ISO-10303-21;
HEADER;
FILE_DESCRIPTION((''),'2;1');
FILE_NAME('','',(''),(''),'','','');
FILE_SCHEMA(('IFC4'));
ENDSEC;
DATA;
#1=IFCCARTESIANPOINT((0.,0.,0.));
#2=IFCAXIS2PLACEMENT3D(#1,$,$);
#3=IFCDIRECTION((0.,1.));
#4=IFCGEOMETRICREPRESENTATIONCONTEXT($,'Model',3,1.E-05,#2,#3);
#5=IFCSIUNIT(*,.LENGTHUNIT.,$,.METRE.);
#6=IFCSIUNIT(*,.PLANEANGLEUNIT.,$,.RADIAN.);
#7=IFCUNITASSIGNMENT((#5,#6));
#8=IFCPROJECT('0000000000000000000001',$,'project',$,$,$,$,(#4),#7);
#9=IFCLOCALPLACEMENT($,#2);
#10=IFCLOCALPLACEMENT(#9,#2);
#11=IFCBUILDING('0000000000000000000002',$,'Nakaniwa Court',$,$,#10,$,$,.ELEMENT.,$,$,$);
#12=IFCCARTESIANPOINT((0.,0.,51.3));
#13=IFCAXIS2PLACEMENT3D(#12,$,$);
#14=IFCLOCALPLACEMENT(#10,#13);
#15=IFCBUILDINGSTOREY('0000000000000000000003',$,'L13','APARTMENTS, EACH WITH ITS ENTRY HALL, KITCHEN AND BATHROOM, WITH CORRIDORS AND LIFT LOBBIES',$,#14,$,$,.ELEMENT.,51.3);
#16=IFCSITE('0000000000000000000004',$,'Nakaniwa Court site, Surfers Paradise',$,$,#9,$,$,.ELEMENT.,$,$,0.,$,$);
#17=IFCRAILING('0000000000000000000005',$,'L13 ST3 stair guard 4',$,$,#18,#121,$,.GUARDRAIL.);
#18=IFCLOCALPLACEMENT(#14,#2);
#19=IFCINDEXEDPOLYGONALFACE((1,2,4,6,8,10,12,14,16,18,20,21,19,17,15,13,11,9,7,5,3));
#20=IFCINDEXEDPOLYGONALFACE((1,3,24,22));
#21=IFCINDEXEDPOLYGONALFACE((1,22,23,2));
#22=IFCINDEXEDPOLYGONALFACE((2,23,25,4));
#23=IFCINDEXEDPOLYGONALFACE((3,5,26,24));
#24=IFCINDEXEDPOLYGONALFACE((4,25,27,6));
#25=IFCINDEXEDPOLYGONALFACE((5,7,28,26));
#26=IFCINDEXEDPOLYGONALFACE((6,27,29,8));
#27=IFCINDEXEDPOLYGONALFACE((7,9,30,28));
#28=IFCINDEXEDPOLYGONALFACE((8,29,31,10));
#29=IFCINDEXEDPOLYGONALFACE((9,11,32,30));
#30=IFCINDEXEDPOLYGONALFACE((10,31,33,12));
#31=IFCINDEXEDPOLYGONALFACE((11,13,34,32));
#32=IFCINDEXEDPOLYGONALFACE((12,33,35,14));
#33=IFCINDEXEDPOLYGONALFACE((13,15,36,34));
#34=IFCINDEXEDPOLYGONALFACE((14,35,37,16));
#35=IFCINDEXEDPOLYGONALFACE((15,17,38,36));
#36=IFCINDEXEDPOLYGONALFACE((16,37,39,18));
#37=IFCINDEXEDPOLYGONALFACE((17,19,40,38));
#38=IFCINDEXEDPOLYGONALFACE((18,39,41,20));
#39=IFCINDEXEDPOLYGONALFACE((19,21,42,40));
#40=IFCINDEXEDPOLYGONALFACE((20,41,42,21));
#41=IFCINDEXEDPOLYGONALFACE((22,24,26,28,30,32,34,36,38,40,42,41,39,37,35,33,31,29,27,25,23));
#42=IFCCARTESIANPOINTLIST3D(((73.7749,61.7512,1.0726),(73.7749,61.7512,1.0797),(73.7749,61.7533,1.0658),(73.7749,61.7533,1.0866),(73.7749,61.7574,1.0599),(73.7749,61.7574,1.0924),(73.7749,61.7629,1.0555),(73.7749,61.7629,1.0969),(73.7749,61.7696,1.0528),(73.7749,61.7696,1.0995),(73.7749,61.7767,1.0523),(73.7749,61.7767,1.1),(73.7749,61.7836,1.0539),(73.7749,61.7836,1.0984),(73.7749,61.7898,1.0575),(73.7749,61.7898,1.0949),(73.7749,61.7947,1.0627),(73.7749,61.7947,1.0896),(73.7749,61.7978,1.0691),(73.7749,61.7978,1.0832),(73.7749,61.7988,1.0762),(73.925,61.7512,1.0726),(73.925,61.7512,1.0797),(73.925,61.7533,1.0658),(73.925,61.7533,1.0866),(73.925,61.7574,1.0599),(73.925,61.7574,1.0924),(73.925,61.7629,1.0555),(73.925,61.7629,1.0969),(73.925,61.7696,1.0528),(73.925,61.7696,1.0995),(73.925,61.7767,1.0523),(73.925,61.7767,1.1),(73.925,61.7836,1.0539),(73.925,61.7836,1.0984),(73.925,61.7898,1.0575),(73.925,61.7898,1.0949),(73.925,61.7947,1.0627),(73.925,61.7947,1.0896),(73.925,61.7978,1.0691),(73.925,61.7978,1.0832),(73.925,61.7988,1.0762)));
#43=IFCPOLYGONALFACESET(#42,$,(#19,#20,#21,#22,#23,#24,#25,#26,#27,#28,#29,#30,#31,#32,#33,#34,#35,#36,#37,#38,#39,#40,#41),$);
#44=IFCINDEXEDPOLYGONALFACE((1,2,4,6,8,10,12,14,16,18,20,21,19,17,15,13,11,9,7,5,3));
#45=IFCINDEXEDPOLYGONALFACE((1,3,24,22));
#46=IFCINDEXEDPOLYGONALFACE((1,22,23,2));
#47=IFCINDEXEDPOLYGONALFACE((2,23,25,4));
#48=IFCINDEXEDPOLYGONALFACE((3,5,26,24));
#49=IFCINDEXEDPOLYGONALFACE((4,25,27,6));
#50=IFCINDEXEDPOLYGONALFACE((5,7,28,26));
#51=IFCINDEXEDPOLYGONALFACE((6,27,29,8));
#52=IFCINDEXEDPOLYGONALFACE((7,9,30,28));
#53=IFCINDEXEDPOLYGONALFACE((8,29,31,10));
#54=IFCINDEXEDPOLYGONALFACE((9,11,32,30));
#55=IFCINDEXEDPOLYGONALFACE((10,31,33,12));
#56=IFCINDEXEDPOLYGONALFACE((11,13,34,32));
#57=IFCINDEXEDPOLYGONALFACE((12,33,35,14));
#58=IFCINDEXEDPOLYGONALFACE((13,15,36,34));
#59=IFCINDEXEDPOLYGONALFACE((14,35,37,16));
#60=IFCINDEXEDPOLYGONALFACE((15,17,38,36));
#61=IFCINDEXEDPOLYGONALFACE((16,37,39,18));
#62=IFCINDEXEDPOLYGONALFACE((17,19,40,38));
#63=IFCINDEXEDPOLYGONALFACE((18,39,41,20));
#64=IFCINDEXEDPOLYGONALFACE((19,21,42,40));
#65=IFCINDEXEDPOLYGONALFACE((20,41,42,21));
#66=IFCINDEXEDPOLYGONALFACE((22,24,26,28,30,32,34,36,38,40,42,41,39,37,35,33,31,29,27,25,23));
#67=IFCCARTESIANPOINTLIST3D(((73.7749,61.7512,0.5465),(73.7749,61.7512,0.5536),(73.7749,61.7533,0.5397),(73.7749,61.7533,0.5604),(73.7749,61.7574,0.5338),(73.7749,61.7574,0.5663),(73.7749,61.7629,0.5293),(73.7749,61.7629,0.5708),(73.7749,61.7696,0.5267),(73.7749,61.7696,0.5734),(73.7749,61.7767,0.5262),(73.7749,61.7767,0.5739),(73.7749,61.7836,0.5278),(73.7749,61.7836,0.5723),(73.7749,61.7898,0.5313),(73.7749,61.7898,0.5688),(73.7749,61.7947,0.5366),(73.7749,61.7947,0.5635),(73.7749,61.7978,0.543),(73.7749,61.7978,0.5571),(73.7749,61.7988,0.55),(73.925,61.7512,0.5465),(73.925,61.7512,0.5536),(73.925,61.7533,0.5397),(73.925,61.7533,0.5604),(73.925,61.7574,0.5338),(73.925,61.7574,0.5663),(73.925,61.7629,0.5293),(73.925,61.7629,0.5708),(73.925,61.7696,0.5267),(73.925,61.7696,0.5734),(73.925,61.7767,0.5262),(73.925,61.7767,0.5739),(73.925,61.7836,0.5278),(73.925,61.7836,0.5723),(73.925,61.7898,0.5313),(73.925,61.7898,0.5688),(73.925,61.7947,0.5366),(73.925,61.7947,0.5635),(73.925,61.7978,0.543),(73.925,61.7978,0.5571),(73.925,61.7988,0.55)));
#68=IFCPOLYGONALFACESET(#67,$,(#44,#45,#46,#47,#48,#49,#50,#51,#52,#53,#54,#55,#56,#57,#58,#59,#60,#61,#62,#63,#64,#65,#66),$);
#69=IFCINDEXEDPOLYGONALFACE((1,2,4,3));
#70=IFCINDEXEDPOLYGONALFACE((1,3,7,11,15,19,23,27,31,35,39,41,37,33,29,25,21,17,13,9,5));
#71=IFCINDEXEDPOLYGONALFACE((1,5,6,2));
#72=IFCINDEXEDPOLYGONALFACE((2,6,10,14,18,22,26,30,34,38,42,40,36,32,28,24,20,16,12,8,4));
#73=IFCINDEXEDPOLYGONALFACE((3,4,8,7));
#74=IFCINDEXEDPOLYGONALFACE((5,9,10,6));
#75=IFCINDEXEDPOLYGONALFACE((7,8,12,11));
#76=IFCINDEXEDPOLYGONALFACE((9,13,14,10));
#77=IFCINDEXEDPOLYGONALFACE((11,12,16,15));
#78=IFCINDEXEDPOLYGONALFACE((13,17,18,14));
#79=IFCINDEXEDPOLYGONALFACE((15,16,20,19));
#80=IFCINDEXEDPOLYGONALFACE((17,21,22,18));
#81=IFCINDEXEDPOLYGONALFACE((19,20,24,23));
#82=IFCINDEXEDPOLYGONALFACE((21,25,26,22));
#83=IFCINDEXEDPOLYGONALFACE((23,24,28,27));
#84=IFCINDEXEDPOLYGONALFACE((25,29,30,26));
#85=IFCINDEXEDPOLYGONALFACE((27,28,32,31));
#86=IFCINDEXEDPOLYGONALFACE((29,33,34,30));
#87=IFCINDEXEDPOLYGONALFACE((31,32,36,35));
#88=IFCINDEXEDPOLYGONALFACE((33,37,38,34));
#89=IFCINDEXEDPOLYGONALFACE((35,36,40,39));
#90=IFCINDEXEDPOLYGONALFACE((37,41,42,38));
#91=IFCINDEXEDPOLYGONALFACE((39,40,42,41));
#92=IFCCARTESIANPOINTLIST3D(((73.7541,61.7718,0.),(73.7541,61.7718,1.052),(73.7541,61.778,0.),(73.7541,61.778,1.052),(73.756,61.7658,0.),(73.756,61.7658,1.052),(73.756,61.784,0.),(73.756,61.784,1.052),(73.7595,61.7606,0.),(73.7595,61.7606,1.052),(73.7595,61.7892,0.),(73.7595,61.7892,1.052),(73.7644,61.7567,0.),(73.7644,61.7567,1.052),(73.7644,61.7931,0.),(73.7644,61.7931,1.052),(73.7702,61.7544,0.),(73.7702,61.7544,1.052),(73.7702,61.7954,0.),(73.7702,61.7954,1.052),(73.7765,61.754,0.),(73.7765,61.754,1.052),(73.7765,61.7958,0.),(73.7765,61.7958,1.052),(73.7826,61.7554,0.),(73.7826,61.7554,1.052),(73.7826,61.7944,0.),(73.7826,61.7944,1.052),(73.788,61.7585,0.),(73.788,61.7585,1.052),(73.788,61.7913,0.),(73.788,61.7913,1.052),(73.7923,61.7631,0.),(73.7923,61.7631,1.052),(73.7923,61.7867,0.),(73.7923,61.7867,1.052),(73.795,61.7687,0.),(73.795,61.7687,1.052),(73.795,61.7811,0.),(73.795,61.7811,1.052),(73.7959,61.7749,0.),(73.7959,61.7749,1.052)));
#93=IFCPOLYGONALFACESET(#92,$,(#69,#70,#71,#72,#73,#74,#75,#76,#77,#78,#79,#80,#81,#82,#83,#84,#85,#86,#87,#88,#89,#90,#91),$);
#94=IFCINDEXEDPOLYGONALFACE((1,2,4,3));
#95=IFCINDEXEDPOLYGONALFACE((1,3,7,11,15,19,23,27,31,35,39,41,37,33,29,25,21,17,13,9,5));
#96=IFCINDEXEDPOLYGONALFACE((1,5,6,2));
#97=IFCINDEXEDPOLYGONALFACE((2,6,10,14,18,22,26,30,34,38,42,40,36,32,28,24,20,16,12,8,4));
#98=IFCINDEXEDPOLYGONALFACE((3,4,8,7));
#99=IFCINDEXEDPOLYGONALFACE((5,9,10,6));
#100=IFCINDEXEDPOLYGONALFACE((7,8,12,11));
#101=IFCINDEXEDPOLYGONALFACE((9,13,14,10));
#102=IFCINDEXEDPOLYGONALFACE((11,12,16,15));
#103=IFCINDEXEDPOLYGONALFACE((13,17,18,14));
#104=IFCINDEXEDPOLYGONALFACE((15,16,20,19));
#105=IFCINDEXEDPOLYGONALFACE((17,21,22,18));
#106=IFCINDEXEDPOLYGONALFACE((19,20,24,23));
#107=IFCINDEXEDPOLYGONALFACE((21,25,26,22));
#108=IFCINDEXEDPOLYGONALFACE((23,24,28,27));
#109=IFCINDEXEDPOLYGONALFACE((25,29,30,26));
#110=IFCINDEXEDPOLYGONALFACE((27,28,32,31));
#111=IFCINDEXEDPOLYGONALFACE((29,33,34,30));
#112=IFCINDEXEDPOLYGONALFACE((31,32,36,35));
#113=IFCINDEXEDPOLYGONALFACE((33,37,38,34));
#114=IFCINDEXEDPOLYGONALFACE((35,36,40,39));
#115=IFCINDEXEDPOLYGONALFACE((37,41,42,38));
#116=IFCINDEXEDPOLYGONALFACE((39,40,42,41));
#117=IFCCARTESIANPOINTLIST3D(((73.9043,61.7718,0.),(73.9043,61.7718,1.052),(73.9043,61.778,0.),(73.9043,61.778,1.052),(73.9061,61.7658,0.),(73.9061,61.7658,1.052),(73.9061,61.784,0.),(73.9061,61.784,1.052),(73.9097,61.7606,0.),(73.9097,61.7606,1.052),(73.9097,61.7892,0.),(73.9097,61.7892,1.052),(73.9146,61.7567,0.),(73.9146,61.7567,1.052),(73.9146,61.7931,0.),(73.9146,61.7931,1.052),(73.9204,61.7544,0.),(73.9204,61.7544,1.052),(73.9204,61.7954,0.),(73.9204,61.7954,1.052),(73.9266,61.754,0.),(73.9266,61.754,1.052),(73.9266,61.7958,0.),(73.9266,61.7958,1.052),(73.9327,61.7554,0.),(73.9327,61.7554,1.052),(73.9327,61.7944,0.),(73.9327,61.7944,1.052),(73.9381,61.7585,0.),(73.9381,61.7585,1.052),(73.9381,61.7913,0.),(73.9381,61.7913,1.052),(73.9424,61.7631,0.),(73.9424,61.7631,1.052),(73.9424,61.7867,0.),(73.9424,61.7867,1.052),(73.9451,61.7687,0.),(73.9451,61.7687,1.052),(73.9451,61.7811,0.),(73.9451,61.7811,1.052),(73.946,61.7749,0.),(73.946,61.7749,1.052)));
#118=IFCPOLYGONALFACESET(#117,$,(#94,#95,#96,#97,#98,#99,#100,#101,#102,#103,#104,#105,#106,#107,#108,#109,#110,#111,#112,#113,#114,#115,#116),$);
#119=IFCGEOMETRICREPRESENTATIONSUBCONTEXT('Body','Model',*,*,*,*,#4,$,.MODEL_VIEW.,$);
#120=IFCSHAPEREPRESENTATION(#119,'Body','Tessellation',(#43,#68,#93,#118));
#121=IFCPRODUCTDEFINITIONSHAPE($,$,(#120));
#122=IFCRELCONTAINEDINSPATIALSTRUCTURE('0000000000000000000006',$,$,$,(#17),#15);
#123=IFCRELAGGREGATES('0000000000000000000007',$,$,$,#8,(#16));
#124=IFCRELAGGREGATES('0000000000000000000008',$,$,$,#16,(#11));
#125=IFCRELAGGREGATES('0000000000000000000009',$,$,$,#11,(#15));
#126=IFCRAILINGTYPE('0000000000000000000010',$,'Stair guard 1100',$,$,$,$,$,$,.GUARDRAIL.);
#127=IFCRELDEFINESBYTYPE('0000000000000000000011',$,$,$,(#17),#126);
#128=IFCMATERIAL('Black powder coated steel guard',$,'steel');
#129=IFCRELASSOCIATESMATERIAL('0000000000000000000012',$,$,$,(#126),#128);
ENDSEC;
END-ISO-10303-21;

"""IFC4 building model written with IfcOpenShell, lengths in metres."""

from ifc_helpers import new_model, si_unit, direction, frame, origin, origin_2d, place, context, subcontext, project, spatial, circle, extrude, material, type_object, element, save


model = new_model("IFC4")

# Units and contexts
model_context = context("Model", 3, precision=1e-05, world=origin(), true_north=direction((0.0, 1.0)))
body_context = subcontext(model_context, "Body", "Model", "MODEL_VIEW")
ifc_project = project(units=[si_unit("LENGTHUNIT", "METRE"), si_unit("PLANEANGLEUNIT", "RADIAN")], contexts=[model_context])

# Site, building, storey
site_placement = place(None, origin())
site = spatial("IfcSite", under=ifc_project, at=site_placement, Name="Nakaniwa Court site, Surfers Paradise", CompositionType="ELEMENT", RefElevation=0.0)
building_placement = place(site_placement, origin())
building = spatial("IfcBuilding", under=site, at=building_placement, Name="Nakaniwa Court", CompositionType="ELEMENT")
storey_placement = place(building_placement, frame((0.0, 0.0, 51.3)))
storey = spatial("IfcBuildingStorey", under=building, at=storey_placement, Name="L13", Description="APARTMENTS, EACH WITH ITS ENTRY HALL, KITCHEN AND BATHROOM, WITH CORRIDORS AND LIFT LOBBIES", CompositionType="ELEMENT", Elevation=51.3)

# Railing
ifc_material_1 = material(Name="Black powder coated steel guard", Category="steel")
railing_type_1 = type_object("IfcRailingType", Name="Stair guard 1100", PredefinedType="GUARDRAIL", material=ifc_material_1)
railing_1_placement = place(storey_placement, frame((73.7749, 61.7749, 0.0)))
element("IfcRailing", 1, at=railing_1_placement, inside=storey, type_object=railing_type_1, Name="L13 ST3 stair guard 4", PredefinedType="GUARDRAIL", context=body_context, shape_type="SweptSolid", body=[
    extrude(circle(Radius=0.0239, at=origin_2d()), frame((0.0, 0.0, 1.0762), z_axis=(1.0, 0.0, 0.0), x_axis=(0.0, 1.0, 0.0)), (0.0, 0.0, 1.0), 0.1501),
    extrude(circle(Radius=0.0239, at=origin_2d()), frame((0.0, 0.0, 0.55), z_axis=(1.0, 0.0, 0.0), x_axis=(0.0, 1.0, 0.0)), (0.0, 0.0, 1.0), 0.1501),
    extrude(circle(Radius=0.021, at=origin_2d()), origin(), (0.0, 0.0, 1.0), 1.052),
    extrude(circle(Radius=0.021, at=origin_2d()), frame((0.1501, 0.0, 0.0)), (0.0, 0.0, 1.0), 1.052),
])

save(model, "model.ifc")
